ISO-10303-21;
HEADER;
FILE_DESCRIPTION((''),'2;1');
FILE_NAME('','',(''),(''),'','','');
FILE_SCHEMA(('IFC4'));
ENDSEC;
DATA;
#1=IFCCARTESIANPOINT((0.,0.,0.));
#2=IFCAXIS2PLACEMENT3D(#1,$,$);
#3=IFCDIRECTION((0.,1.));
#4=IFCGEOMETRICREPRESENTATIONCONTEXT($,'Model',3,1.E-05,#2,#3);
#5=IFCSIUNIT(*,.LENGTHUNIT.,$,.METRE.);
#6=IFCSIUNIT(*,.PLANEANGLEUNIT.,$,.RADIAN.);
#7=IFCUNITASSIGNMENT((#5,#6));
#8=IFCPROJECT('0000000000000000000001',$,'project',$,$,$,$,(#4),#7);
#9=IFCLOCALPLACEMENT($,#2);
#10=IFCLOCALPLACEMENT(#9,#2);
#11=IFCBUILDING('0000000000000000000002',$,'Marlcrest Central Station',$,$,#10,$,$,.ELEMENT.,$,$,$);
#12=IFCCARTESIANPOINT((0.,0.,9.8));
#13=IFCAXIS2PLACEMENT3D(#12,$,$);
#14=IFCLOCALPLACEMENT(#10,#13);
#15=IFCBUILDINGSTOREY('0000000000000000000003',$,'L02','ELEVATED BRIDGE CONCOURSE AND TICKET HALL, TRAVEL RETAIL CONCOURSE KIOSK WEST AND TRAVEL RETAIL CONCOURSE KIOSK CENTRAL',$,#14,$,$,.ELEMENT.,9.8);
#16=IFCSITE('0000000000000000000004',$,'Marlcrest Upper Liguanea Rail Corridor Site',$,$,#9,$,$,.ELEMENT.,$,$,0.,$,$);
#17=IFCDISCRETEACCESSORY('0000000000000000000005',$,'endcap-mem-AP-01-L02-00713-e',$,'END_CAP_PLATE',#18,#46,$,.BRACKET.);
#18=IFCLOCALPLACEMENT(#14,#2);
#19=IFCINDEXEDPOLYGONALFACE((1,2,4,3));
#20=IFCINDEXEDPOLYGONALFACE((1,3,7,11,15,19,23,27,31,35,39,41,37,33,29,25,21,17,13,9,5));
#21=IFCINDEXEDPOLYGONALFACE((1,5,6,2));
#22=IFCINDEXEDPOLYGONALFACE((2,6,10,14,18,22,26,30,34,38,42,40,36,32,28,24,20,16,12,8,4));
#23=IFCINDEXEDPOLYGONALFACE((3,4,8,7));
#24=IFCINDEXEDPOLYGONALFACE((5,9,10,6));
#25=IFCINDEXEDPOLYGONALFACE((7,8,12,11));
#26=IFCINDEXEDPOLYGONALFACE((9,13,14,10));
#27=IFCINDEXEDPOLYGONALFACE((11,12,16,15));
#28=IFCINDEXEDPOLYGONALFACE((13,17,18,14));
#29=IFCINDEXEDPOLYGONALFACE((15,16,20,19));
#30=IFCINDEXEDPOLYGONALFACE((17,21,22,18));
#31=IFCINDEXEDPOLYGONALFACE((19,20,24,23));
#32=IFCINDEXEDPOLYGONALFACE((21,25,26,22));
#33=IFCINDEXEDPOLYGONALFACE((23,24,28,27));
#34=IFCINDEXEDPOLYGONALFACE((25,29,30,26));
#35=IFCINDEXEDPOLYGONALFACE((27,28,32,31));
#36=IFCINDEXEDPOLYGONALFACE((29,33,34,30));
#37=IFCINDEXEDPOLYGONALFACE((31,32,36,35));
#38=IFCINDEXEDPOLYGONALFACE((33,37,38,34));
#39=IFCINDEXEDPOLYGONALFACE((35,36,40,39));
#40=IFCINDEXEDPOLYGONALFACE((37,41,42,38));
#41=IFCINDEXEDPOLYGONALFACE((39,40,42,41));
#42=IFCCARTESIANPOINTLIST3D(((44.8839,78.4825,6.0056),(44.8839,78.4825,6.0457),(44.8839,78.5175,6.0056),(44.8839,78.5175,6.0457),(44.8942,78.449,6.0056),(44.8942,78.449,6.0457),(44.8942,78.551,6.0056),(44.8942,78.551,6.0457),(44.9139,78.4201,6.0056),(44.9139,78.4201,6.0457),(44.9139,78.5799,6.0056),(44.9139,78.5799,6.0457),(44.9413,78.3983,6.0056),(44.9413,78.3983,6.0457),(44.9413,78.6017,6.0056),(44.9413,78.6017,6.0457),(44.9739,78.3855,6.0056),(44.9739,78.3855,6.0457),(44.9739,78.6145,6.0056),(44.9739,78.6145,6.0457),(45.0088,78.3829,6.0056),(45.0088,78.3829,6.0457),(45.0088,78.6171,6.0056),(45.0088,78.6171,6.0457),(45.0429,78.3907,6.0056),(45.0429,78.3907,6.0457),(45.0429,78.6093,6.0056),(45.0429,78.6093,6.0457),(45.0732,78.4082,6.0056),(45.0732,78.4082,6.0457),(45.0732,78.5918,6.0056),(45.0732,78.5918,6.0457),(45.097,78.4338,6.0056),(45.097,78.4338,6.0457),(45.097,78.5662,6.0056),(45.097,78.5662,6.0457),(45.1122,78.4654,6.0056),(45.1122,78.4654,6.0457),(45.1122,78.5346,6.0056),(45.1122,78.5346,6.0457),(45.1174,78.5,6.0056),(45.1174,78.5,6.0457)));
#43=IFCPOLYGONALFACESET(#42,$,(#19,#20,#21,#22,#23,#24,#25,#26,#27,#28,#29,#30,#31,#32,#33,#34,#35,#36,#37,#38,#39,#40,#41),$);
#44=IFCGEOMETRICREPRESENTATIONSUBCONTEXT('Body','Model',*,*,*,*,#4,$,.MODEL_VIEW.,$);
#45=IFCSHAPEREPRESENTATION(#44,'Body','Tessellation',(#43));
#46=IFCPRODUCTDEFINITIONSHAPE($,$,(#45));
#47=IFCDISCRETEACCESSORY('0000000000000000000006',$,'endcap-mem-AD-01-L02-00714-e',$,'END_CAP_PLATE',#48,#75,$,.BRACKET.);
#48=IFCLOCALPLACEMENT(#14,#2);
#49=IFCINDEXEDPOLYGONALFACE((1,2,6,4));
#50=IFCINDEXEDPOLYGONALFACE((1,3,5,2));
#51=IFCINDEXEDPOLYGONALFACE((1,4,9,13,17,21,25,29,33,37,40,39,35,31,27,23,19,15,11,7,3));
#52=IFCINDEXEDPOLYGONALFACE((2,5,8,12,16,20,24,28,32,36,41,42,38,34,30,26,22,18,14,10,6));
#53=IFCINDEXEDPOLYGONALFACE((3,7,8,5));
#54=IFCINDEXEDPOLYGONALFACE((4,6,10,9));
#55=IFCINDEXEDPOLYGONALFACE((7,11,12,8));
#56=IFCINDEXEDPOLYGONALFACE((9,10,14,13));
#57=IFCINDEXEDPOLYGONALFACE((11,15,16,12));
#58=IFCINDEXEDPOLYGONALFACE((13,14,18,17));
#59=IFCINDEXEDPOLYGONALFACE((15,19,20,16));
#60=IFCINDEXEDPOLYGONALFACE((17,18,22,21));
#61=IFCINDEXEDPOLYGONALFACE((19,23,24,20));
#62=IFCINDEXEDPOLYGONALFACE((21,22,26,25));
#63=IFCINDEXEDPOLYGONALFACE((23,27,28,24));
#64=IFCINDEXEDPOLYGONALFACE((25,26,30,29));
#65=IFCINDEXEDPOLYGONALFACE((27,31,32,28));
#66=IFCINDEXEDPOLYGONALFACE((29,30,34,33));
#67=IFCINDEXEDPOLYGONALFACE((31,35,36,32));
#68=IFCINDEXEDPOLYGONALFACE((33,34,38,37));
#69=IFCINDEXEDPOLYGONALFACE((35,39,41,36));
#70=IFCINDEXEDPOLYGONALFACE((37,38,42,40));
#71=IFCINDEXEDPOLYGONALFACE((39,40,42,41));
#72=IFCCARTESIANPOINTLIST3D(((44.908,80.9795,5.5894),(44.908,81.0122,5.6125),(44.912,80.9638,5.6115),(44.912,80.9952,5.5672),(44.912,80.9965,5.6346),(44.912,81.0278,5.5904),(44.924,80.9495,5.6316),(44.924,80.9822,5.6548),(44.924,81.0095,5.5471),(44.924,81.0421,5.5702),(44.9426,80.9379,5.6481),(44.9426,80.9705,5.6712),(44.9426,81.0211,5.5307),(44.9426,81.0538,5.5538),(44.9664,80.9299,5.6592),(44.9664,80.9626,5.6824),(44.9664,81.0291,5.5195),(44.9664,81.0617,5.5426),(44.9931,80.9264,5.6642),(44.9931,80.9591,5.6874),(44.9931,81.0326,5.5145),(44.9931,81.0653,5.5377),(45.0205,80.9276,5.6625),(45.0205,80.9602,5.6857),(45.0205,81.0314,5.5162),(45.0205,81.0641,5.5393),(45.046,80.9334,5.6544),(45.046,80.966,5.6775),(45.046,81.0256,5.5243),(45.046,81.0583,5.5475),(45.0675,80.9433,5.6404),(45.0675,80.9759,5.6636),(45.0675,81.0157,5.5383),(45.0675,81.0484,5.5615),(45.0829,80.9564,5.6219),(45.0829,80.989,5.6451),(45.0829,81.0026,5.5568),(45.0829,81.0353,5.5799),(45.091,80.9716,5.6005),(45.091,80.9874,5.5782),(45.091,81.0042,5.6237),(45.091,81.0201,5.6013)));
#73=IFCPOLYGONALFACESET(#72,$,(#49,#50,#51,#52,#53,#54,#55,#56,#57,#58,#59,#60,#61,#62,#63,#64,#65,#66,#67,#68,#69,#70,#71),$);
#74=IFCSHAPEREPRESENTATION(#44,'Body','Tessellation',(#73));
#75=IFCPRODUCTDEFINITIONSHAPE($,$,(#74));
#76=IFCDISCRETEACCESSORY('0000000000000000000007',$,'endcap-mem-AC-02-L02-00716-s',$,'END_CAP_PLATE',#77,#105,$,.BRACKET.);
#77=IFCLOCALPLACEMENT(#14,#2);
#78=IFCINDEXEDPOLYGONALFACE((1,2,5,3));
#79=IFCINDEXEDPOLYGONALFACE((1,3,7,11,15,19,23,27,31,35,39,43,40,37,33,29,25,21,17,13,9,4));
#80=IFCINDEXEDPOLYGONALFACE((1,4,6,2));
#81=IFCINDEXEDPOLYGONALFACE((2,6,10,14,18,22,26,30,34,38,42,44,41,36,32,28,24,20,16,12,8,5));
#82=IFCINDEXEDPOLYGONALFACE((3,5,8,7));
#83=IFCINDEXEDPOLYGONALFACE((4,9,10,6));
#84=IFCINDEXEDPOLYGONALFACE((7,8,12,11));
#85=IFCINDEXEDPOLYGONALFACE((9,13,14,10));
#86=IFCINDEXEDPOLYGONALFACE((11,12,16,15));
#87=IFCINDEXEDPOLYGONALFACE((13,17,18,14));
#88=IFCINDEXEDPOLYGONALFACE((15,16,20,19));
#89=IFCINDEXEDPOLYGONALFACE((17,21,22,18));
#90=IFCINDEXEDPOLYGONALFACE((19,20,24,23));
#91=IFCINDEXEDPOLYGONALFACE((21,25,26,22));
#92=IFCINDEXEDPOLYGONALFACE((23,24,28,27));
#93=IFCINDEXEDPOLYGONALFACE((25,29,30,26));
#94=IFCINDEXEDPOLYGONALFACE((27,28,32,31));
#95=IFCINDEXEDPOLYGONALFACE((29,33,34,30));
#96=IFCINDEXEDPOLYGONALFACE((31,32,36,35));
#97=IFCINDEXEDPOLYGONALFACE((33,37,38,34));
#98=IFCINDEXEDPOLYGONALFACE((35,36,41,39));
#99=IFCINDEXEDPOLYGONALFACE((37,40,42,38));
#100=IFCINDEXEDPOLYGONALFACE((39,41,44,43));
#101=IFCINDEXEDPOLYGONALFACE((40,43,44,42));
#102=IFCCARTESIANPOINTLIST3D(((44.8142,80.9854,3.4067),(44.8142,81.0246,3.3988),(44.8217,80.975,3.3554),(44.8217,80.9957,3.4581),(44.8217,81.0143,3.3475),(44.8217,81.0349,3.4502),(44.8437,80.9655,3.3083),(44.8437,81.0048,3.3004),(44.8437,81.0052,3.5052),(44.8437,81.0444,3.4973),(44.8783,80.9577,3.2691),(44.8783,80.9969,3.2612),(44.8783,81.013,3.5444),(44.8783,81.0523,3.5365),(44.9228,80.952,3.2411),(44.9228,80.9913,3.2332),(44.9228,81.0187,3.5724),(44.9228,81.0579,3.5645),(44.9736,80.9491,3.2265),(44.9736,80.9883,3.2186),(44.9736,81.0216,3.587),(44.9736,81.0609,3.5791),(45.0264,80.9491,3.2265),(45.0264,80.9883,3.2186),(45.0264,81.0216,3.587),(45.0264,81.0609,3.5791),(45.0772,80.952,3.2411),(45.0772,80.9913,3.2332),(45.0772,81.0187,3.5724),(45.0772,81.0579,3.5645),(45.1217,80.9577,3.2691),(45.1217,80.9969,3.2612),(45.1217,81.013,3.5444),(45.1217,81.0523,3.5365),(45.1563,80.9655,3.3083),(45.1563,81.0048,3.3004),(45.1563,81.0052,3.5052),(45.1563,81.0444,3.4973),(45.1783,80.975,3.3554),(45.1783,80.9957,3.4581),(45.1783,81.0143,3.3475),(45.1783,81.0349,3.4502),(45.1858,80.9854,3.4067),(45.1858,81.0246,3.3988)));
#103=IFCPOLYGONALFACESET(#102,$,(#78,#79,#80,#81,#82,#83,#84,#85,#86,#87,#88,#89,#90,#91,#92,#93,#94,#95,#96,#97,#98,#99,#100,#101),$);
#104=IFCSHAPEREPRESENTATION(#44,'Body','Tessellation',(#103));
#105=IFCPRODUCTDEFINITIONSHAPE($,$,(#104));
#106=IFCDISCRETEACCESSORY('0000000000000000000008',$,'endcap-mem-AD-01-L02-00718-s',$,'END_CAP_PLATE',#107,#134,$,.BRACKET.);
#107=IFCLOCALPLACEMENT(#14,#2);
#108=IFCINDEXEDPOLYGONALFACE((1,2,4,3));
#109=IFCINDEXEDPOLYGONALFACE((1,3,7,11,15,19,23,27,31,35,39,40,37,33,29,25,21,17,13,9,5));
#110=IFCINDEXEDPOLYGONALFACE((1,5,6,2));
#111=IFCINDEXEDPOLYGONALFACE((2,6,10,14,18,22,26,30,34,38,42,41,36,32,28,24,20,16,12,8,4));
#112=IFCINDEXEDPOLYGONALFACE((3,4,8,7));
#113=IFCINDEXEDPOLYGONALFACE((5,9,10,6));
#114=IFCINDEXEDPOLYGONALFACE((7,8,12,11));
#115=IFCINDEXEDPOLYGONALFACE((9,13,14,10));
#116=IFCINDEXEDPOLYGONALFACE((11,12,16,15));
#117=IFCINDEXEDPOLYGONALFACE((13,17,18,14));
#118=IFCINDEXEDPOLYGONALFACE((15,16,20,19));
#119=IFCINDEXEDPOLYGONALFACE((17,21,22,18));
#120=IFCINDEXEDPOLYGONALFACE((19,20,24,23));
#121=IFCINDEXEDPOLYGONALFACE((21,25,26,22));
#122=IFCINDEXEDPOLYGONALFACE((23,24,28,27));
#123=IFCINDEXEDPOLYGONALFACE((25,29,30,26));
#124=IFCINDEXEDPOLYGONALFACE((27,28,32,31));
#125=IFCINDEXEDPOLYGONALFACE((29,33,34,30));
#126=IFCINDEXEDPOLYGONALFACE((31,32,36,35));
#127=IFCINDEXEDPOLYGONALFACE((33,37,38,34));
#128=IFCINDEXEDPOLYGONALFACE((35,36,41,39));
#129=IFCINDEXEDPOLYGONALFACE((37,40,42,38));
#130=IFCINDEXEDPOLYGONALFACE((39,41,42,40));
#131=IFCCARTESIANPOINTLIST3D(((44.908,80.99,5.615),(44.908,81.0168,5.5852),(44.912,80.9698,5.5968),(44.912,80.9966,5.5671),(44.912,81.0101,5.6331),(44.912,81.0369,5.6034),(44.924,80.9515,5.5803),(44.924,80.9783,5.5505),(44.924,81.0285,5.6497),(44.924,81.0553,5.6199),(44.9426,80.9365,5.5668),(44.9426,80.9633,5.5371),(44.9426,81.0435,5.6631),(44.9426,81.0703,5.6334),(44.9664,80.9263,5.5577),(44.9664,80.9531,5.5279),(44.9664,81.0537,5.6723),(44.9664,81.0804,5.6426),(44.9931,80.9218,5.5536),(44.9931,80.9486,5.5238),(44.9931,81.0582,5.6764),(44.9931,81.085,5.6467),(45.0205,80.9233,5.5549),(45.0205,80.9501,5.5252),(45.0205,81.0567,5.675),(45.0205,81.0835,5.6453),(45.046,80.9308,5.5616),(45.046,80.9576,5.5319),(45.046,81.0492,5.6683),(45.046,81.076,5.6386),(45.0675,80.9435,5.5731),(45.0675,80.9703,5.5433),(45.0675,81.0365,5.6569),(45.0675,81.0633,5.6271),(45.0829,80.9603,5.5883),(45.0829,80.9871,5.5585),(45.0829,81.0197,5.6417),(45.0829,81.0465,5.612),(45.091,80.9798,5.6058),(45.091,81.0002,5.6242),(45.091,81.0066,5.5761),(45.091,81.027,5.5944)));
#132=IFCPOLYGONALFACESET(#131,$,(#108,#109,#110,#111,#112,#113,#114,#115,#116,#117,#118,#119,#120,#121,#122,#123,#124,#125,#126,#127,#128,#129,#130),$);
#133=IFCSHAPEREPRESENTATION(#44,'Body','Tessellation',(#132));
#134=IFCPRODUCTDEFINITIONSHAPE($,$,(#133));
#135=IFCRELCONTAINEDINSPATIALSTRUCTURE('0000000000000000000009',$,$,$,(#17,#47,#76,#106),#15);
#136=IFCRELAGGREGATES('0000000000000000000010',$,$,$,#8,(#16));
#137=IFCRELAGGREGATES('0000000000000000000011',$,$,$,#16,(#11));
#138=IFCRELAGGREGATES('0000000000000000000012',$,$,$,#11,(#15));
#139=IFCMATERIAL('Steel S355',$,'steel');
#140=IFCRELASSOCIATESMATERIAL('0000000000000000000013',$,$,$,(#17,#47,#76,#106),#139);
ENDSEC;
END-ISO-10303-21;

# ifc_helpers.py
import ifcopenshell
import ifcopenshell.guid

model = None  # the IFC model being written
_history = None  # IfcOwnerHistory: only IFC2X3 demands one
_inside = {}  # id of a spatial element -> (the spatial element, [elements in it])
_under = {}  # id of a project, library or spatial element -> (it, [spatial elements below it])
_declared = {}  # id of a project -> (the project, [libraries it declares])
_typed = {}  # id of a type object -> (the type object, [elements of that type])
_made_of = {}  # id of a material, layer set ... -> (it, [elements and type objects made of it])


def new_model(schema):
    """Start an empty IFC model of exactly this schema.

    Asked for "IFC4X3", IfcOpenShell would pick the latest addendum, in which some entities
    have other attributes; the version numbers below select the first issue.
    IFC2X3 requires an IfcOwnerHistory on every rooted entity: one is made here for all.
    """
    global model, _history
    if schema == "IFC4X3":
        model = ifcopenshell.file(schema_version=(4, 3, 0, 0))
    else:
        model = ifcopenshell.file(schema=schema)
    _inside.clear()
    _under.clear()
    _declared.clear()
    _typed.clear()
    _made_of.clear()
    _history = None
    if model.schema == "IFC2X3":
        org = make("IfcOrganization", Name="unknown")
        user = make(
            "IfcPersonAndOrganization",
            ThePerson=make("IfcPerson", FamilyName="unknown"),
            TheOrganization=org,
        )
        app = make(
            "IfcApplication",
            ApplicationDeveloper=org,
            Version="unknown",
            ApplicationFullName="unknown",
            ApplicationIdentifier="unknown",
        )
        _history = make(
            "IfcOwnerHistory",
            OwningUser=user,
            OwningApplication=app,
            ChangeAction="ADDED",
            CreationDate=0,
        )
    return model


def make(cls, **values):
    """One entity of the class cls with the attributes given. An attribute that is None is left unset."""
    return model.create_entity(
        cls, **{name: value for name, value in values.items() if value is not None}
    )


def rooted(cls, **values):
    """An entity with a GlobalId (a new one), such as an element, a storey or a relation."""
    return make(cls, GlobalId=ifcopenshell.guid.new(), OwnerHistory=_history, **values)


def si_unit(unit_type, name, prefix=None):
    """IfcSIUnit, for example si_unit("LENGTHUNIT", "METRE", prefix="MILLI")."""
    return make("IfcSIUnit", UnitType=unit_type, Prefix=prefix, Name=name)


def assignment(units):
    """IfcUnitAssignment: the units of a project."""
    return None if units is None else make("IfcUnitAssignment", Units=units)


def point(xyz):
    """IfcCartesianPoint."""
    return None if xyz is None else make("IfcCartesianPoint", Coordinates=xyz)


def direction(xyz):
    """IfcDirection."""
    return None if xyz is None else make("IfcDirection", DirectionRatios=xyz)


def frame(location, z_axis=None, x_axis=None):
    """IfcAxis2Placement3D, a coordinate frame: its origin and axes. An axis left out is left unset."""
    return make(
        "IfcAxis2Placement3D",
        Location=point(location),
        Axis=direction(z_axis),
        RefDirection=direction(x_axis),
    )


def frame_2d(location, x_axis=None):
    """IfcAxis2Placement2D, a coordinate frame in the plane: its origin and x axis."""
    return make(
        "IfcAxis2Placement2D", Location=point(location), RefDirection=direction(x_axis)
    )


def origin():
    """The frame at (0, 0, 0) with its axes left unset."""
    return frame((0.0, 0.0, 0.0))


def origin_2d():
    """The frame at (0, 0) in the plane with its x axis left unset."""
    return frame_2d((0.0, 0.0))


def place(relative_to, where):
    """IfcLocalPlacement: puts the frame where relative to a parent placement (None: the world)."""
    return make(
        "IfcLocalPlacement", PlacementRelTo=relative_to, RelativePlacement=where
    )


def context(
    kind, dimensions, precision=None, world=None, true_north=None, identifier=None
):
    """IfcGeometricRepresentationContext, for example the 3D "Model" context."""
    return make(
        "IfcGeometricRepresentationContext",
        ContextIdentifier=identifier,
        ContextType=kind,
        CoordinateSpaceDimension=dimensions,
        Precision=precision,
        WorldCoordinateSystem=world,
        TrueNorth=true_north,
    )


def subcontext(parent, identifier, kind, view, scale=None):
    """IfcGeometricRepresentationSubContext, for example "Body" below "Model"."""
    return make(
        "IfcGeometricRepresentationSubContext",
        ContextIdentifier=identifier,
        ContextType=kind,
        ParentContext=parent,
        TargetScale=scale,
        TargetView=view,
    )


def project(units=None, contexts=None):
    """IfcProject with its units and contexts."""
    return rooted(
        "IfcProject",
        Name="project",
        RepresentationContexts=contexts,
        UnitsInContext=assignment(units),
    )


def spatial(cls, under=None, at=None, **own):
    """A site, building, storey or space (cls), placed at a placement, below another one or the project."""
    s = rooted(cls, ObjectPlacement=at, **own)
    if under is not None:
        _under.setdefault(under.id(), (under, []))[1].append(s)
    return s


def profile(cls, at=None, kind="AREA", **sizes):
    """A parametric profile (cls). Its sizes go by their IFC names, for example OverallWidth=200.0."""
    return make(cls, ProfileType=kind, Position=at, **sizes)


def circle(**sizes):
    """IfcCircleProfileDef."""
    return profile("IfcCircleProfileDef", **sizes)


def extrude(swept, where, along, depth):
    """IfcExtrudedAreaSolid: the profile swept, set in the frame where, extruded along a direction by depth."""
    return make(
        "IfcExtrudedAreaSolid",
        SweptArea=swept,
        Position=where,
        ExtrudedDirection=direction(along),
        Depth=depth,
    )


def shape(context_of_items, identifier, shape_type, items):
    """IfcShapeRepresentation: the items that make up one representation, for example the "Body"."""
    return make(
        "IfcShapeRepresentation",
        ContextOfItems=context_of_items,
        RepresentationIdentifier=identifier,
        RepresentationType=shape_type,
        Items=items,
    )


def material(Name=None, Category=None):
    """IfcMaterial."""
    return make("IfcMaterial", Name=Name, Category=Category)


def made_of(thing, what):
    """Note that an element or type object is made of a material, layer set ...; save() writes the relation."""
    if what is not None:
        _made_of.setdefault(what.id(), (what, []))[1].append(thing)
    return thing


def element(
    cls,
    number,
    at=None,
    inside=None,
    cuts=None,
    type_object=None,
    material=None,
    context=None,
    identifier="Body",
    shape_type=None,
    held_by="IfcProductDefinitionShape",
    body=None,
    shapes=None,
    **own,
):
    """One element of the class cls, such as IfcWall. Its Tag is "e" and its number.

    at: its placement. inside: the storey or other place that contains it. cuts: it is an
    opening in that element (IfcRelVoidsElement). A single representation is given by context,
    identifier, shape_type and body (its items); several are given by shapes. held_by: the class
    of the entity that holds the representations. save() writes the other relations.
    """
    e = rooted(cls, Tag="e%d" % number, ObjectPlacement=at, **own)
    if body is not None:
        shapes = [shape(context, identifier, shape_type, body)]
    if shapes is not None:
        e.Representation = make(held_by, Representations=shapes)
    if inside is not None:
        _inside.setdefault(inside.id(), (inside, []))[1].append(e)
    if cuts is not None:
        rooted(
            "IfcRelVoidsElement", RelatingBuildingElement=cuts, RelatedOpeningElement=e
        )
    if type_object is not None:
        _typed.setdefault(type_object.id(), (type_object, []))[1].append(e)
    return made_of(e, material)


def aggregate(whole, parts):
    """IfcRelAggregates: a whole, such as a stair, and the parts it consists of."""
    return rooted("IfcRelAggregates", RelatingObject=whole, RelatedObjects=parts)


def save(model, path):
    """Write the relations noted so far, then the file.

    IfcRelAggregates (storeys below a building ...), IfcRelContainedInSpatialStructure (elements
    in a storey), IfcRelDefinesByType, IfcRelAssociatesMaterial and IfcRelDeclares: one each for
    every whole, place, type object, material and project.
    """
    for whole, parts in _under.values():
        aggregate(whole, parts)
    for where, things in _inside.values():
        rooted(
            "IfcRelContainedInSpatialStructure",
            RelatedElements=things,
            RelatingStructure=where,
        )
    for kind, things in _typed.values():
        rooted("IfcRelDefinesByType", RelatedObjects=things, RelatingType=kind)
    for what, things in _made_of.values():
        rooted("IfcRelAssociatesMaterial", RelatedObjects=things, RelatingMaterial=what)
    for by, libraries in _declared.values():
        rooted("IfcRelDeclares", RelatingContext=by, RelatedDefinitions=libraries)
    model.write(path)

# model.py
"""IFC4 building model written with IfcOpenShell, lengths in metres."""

from ifc_helpers import new_model, si_unit, direction, frame, origin, origin_2d, place, context, subcontext, project, spatial, circle, extrude, material, element, save


model = new_model("IFC4")

# Units and contexts
model_context = context("Model", 3, precision=1e-05, world=origin(), true_north=direction((0.0, 1.0)))
body_context = subcontext(model_context, "Body", "Model", "MODEL_VIEW")
ifc_project = project(units=[si_unit("LENGTHUNIT", "METRE"), si_unit("PLANEANGLEUNIT", "RADIAN")], contexts=[model_context])

# Site, building, storey
site_placement = place(None, origin())
site = spatial("IfcSite", under=ifc_project, at=site_placement, Name="Marlcrest Upper Liguanea Rail Corridor Site", CompositionType="ELEMENT", RefElevation=0.0)
building_placement = place(site_placement, origin())
building = spatial("IfcBuilding", under=site, at=building_placement, Name="Marlcrest Central Station", CompositionType="ELEMENT")
storey_placement = place(building_placement, frame((0.0, 0.0, 9.8)))
storey = spatial("IfcBuildingStorey", under=building, at=storey_placement, Name="L02", Description="ELEVATED BRIDGE CONCOURSE AND TICKET HALL, TRAVEL RETAIL CONCOURSE KIOSK WEST AND TRAVEL RETAIL CONCOURSE KIOSK CENTRAL", CompositionType="ELEMENT", Elevation=9.8)

# Shared definitions
ifc_material_1 = material(Name="Steel S355", Category="steel")

# Discrete accessories
for number, where, z_axis, x_axis, name in (
    (1, (45.0, 78.5, 6.0056), (0.0, 0.0, 1.0), (1.0, 0.0, 0.0), "endcap-mem-AP-01-L02-00713-e"),
):
    element("IfcDiscreteAccessory", number, at=place(storey_placement, frame(where, z_axis=z_axis, x_axis=x_axis)), inside=storey, material=ifc_material_1, Name=name, ObjectType="END_CAP_PLATE", PredefinedType="BRACKET", context=body_context, shape_type="SweptSolid", body=[
        extrude(circle(Radius=0.1174, at=origin_2d()), origin(), (0.0, 0.0, 1.0), 0.04),
    ])
discrete_accessory_1_placement = place(storey_placement, frame((45.0, 80.9795, 5.5894), z_axis=(0.0, 0.815661, 0.57853), x_axis=(-1.0, 0.0, 0.0)))
element("IfcDiscreteAccessory", 2, at=discrete_accessory_1_placement, inside=storey, material=ifc_material_1, Name="endcap-mem-AD-01-L02-00714-e", ObjectType="END_CAP_PLATE", PredefinedType="BRACKET", context=body_context, shape_type="SweptSolid", body=[
    extrude(circle(Radius=0.092, at=origin_2d()), origin(), (0.0, 0.0, 1.0), 0.04),
])
discrete_accessory_2_placement = place(storey_placement, frame((45.0, 80.9854, 3.4067), z_axis=(0.0, 0.980359, -0.197219), x_axis=(-1.0, 0.0, 0.0)))
element("IfcDiscreteAccessory", 3, at=discrete_accessory_2_placement, inside=storey, material=ifc_material_1, Name="endcap-mem-AC-02-L02-00716-s", ObjectType="END_CAP_PLATE", PredefinedType="BRACKET", context=body_context, shape_type="SweptSolid", body=[
    extrude(circle(Radius=0.1858, at=origin_2d()), origin(), (0.0, 0.0, 1.0), 0.04),
])
discrete_accessory_3_placement = place(storey_placement, frame((45.0, 80.99, 5.615), z_axis=(0.0, 0.669244, -0.743042), x_axis=(-1.0, 0.0, 0.0)))
element("IfcDiscreteAccessory", 4, at=discrete_accessory_3_placement, inside=storey, material=ifc_material_1, Name="endcap-mem-AD-01-L02-00718-s", ObjectType="END_CAP_PLATE", PredefinedType="BRACKET", context=body_context, shape_type="SweptSolid", body=[
    extrude(circle(Radius=0.092, at=origin_2d()), origin(), (0.0, 0.0, 1.0), 0.04),
])

save(model, "model.ifc")
